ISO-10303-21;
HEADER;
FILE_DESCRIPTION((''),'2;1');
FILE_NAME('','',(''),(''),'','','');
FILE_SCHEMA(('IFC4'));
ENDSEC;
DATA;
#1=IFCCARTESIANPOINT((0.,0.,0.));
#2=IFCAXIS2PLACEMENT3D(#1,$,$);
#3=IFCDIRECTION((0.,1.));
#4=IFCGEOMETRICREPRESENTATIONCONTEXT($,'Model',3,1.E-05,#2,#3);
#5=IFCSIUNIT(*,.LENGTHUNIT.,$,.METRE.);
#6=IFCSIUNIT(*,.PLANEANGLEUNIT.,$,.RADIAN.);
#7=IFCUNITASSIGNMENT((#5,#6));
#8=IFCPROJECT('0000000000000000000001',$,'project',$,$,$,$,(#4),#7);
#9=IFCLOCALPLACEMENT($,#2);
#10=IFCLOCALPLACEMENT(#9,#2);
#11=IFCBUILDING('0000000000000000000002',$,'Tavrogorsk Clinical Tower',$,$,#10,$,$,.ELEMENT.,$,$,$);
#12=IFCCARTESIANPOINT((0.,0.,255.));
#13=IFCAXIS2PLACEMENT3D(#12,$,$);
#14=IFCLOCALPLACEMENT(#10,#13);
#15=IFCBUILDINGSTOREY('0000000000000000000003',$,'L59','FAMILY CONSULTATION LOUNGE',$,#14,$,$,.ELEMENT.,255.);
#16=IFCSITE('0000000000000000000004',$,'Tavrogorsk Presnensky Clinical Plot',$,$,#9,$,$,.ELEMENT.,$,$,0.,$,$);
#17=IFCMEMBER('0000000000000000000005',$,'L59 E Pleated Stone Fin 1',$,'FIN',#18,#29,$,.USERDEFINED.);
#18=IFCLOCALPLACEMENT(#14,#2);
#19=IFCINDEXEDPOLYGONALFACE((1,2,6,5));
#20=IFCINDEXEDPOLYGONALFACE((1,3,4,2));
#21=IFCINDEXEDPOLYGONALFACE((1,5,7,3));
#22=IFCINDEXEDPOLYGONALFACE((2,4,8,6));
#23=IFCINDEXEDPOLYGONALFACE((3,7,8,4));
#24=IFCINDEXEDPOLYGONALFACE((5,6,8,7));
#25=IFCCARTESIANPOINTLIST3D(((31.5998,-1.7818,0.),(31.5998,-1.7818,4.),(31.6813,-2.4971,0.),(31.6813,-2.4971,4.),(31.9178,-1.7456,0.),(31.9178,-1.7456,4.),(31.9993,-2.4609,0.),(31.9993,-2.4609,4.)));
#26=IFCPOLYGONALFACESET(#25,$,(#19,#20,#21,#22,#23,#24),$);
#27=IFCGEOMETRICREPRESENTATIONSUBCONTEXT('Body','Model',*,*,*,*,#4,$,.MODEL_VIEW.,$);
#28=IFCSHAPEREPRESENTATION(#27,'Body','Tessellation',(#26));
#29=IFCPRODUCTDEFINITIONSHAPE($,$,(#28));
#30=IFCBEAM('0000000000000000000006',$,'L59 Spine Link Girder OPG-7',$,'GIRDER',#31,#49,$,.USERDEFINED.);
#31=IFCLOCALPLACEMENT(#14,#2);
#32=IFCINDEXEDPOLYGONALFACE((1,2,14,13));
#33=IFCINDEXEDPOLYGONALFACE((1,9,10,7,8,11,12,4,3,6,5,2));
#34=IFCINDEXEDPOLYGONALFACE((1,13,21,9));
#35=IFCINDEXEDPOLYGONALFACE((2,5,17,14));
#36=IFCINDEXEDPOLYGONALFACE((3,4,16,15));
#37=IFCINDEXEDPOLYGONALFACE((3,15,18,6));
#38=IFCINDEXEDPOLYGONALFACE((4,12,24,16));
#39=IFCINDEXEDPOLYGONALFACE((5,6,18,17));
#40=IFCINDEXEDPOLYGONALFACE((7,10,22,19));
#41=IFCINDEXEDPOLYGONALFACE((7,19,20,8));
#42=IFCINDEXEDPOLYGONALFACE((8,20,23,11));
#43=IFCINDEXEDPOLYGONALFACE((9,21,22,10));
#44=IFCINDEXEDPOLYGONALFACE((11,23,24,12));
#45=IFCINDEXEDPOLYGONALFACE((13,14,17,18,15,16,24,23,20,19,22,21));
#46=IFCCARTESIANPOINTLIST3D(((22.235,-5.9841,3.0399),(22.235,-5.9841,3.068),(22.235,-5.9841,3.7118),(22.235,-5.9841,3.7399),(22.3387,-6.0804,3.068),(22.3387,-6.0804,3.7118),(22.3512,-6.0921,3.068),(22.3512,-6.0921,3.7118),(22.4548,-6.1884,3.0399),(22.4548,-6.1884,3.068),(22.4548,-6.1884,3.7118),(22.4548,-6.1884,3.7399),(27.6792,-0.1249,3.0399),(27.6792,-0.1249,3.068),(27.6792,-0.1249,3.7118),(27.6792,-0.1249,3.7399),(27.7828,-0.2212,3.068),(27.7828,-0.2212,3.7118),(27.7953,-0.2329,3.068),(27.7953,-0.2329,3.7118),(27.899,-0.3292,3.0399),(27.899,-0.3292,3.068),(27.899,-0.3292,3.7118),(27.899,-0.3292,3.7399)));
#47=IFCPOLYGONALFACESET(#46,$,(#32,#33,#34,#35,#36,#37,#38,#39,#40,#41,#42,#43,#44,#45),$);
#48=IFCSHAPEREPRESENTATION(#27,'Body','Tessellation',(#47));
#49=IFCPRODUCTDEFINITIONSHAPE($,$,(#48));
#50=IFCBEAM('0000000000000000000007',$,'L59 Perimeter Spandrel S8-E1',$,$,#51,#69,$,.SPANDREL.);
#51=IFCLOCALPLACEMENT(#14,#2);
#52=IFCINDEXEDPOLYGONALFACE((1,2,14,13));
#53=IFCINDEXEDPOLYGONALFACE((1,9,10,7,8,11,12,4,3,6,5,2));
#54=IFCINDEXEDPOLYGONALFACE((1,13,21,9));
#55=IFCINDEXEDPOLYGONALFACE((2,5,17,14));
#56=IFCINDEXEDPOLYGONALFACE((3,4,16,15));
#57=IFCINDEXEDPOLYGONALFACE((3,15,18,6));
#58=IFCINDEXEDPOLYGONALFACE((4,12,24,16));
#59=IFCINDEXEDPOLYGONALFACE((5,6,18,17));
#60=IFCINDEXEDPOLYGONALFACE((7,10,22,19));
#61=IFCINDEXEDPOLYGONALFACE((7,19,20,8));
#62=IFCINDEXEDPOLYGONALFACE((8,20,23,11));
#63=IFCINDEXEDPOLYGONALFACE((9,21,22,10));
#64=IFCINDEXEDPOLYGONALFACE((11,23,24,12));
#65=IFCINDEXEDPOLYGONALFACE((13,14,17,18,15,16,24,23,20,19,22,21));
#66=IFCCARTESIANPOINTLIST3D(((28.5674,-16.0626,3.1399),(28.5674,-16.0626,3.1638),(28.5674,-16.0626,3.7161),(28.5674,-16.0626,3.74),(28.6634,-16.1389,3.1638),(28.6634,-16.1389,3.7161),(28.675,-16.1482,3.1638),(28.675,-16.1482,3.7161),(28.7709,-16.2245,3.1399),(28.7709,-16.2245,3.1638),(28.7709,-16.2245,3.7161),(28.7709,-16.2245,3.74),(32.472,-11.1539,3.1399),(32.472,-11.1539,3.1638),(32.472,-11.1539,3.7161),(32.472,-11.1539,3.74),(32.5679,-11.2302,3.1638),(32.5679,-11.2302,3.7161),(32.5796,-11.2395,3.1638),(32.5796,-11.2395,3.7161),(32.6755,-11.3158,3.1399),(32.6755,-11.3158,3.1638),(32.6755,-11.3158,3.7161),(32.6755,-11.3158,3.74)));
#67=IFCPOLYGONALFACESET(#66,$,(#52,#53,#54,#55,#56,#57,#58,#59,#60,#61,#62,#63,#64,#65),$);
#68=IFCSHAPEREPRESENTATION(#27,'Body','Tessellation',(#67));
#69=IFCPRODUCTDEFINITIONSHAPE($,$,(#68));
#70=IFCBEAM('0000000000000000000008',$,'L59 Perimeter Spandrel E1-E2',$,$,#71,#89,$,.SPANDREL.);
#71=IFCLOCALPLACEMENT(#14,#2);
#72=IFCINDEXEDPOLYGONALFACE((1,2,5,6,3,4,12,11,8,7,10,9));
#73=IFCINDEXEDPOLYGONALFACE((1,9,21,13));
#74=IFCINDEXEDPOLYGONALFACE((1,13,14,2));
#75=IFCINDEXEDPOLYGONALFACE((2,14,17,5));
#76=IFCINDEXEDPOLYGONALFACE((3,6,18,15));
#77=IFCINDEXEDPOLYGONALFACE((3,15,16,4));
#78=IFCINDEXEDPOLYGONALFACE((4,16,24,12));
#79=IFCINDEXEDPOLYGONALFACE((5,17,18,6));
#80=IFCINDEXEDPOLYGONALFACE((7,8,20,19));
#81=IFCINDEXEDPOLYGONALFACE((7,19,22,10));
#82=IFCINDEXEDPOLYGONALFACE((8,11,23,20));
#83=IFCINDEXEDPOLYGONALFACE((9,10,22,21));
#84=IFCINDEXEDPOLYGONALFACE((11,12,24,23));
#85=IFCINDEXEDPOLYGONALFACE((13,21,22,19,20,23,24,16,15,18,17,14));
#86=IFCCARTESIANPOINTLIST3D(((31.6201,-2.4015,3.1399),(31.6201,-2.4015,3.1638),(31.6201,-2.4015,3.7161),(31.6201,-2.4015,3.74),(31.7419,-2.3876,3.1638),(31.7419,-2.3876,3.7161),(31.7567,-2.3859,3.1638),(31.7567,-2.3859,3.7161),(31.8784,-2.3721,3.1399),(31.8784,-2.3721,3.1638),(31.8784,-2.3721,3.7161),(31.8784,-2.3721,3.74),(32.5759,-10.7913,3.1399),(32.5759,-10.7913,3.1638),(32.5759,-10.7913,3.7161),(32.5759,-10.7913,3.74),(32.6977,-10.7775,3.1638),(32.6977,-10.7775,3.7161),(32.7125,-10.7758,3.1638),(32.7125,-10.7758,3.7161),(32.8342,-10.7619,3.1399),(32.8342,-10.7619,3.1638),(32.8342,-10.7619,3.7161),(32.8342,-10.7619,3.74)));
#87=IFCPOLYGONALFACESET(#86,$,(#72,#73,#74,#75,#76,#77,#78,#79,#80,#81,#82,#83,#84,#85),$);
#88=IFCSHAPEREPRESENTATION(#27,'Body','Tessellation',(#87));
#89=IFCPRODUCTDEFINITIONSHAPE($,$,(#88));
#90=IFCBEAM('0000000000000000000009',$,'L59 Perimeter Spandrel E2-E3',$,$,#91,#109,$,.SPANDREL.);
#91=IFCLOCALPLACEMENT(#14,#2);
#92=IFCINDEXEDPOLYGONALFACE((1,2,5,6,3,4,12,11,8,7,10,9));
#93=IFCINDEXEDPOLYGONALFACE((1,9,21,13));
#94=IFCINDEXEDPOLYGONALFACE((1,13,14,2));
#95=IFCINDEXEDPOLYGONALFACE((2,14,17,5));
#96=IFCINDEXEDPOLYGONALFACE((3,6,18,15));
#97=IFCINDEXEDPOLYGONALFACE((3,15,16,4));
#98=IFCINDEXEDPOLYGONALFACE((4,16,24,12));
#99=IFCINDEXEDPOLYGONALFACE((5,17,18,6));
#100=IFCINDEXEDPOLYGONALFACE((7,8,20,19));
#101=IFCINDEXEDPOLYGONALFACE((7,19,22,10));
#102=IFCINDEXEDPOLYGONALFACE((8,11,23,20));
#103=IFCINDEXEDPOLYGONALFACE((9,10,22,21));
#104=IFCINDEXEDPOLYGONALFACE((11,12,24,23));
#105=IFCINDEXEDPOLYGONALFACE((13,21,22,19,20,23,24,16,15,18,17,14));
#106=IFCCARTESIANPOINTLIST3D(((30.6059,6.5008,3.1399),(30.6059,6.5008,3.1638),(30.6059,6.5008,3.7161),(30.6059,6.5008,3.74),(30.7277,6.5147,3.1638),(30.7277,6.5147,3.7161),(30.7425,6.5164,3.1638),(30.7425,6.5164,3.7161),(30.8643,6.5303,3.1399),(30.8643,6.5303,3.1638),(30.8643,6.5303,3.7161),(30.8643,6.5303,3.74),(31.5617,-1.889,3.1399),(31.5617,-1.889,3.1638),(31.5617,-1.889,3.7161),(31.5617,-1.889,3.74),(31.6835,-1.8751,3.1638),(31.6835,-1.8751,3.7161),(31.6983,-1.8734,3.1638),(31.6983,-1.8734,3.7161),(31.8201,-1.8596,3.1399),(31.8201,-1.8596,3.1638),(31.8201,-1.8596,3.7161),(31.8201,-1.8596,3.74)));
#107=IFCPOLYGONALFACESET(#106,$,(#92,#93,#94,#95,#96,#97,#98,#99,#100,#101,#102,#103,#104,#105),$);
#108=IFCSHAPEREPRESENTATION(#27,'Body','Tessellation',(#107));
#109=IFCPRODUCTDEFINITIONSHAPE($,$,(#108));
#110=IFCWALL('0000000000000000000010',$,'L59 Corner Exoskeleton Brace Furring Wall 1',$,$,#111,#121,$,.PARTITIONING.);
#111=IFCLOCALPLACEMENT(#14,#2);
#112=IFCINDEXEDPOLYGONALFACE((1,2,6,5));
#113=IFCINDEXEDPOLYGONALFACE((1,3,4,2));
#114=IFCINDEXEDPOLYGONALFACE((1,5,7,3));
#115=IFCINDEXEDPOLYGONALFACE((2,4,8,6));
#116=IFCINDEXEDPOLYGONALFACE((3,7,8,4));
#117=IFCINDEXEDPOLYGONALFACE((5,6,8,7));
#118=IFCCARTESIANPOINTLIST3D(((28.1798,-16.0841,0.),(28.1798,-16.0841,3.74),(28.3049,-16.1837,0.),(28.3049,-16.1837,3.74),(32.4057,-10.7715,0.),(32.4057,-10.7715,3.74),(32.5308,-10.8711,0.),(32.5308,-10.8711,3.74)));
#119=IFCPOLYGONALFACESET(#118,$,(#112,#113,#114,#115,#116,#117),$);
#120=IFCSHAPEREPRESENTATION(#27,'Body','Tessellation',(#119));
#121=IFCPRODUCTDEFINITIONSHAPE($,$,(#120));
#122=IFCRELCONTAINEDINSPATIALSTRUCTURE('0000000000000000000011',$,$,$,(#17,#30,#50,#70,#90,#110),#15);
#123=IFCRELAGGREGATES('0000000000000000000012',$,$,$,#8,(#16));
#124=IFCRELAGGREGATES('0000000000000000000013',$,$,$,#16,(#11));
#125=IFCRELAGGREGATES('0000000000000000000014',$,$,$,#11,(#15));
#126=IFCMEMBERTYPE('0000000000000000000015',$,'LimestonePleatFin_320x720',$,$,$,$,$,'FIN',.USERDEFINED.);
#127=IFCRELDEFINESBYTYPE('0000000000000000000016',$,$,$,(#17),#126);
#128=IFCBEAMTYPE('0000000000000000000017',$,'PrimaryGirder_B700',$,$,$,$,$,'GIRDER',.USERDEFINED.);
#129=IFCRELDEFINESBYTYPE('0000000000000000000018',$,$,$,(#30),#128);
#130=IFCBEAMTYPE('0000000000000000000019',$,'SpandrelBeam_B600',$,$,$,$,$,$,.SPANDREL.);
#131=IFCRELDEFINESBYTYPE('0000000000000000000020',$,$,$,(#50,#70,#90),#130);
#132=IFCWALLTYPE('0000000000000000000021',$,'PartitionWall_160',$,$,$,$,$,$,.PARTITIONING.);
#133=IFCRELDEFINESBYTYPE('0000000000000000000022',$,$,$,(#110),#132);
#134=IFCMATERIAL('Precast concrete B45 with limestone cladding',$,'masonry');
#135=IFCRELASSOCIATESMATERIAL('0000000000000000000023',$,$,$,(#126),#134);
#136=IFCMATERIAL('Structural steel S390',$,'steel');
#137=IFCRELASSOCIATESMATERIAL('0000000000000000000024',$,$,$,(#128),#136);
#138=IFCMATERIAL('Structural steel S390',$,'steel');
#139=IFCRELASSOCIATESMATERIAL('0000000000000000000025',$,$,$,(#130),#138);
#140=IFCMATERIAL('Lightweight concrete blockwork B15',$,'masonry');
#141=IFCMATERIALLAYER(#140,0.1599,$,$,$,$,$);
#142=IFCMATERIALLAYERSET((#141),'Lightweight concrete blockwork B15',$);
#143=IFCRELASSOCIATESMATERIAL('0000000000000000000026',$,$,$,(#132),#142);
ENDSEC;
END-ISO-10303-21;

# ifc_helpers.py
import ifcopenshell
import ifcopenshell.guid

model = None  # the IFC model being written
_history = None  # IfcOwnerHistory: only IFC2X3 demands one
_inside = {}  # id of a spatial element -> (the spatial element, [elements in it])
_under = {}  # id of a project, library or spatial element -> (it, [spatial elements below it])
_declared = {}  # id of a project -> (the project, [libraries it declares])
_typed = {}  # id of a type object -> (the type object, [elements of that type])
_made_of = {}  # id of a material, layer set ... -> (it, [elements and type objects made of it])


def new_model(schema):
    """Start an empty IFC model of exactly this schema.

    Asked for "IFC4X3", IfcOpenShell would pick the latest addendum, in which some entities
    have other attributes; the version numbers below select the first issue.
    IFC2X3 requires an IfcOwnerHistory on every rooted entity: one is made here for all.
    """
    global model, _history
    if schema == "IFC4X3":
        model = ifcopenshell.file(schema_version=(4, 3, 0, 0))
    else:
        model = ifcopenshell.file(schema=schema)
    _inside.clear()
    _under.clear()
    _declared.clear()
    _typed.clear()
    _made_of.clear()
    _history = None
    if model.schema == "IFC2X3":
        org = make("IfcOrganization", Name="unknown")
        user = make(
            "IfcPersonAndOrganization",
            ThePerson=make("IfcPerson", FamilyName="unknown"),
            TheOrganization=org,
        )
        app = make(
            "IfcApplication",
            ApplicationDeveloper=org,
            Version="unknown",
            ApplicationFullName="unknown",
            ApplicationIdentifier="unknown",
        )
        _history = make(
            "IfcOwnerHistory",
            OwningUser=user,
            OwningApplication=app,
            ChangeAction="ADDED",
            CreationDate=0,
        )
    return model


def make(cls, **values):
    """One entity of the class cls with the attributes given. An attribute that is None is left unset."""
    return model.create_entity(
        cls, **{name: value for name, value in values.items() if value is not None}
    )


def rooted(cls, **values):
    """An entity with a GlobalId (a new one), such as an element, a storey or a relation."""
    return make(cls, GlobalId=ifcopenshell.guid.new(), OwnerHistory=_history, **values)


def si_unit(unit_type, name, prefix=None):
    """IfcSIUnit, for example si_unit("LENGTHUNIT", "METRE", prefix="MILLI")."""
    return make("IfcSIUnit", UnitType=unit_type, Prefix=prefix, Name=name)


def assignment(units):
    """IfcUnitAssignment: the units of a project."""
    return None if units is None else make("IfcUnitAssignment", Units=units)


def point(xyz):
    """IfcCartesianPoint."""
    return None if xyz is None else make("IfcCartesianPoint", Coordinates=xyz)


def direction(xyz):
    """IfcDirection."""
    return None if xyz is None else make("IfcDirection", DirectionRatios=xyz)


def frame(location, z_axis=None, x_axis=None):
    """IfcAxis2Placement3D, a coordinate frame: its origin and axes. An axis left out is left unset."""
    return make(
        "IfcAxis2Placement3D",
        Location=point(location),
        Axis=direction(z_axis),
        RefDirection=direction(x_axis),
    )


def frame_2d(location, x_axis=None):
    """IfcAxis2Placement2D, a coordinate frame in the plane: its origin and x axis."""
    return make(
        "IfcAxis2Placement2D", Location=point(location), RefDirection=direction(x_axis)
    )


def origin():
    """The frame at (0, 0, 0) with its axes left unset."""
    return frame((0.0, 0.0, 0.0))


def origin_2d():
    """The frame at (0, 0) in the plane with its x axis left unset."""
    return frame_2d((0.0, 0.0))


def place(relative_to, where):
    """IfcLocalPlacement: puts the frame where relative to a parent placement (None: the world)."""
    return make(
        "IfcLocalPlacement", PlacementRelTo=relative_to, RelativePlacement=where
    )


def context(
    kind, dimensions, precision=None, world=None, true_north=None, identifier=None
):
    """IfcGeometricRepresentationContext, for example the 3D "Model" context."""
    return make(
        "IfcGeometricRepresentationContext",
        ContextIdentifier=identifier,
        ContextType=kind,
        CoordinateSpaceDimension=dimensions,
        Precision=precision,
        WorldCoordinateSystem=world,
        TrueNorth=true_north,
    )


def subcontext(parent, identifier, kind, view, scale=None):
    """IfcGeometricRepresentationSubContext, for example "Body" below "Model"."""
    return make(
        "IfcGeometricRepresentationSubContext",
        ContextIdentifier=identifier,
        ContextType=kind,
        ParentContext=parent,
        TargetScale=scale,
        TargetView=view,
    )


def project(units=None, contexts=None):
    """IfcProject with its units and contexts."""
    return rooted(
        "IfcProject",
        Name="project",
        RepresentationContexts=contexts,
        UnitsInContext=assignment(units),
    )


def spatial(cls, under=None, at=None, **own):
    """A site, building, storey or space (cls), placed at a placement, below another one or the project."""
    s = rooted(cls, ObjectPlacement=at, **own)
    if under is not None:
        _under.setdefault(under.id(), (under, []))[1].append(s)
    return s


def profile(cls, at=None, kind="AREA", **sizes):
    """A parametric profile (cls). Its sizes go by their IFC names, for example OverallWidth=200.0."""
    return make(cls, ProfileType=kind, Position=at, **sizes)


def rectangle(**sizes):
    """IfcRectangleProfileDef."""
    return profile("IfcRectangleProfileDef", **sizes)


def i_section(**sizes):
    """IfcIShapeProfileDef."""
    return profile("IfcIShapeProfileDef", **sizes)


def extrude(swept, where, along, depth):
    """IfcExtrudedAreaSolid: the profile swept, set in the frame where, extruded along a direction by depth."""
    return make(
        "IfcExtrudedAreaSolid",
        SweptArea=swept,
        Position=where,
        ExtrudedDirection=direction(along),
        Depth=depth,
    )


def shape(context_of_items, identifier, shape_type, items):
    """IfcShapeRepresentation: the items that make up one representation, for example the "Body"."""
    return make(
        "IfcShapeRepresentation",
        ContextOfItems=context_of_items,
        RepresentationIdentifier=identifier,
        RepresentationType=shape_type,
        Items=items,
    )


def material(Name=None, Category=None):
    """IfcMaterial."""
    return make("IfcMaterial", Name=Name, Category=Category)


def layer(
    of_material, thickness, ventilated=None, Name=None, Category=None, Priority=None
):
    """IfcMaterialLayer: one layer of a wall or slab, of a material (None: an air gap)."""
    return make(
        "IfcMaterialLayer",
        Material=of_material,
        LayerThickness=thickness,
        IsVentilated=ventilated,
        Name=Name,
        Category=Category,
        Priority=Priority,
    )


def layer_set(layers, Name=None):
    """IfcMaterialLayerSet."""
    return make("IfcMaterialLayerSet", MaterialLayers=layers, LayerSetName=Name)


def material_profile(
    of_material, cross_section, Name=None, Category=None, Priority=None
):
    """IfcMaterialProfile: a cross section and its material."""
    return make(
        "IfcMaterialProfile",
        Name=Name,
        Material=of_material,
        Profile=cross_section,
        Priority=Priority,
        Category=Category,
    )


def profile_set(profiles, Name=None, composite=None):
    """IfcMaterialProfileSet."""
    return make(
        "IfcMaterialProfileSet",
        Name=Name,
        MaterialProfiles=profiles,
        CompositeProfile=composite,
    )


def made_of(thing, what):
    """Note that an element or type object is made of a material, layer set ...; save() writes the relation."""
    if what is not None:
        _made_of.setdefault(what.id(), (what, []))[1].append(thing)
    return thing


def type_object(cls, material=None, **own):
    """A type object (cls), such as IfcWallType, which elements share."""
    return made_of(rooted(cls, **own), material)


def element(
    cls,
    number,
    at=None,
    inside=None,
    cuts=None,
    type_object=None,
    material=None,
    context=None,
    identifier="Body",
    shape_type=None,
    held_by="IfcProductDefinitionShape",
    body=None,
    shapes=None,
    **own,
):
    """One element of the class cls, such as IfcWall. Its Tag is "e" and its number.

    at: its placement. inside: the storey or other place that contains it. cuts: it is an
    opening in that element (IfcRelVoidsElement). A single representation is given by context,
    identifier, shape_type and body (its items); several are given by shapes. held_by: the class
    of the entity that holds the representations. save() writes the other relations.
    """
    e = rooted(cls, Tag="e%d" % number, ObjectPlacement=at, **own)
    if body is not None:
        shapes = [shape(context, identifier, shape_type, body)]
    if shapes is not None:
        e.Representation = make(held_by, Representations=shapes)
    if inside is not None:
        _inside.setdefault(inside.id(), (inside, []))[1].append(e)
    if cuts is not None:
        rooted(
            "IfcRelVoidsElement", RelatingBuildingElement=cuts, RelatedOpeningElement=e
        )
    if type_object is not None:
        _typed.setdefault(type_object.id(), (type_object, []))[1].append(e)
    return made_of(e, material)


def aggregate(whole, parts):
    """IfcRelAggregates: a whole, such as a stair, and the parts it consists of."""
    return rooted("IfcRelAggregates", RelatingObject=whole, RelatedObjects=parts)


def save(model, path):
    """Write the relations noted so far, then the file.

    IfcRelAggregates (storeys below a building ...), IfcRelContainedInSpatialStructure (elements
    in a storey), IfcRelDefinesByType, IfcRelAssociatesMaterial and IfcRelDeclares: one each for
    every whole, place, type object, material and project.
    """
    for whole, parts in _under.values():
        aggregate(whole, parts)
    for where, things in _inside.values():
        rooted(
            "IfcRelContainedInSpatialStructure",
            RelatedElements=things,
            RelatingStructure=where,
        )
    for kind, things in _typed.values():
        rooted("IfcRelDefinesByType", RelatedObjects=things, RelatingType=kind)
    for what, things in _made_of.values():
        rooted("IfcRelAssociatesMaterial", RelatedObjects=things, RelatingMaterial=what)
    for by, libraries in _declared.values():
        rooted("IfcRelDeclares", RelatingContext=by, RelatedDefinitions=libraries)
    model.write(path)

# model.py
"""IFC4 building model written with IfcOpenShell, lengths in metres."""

from ifc_helpers import new_model, si_unit, direction, frame, frame_2d, origin, origin_2d, place, context, subcontext, project, spatial, rectangle, i_section, extrude, material, layer, layer_set, material_profile, profile_set, type_object, element, save


model = new_model("IFC4")

# Units and contexts
model_context = context("Model", 3, precision=1e-05, world=origin(), true_north=direction((0.0, 1.0)))
body_context = subcontext(model_context, "Body", "Model", "MODEL_VIEW")
ifc_project = project(units=[si_unit("LENGTHUNIT", "METRE"), si_unit("PLANEANGLEUNIT", "RADIAN")], contexts=[model_context])

# Site, building, storey
site_placement = place(None, origin())
site = spatial("IfcSite", under=ifc_project, at=site_placement, Name="Tavrogorsk Presnensky Clinical Plot", CompositionType="ELEMENT", RefElevation=0.0)
building_placement = place(site_placement, origin())
building = spatial("IfcBuilding", under=site, at=building_placement, Name="Tavrogorsk Clinical Tower", CompositionType="ELEMENT")
storey_placement = place(building_placement, frame((0.0, 0.0, 255.0)))
storey = spatial("IfcBuildingStorey", under=building, at=storey_placement, Name="L59", Description="FAMILY CONSULTATION LOUNGE", CompositionType="ELEMENT", Elevation=255.0)

# Member
ifc_material_1 = material(Name="Precast concrete B45 with limestone cladding", Category="masonry")
ifc_material_profile_1 = material_profile(ifc_material_1, rectangle(XDim=0.3201, YDim=0.72, at=origin_2d()), Name="LIMESTONE-FIN-320x720")
ifc_profile_set_1 = profile_set([ifc_material_profile_1], Name="Precast concrete B45 with limestone cladding")
member_type_1 = type_object("IfcMemberType", Name="LimestonePleatFin_320x720", ElementType="FIN", PredefinedType="USERDEFINED", material=ifc_profile_set_1)
member_1_placement = place(storey_placement, frame((31.7996, -2.1213, 0.0), z_axis=(0.0, 0.0, 1.0), x_axis=(0.993572, 0.113203, 0.0)))
element("IfcMember", 1, at=member_1_placement, inside=storey, type_object=member_type_1, Name="L59 E Pleated Stone Fin 1", ObjectType="FIN", PredefinedType="USERDEFINED", context=body_context, shape_type="SweptSolid", body=[
    extrude(rectangle(XDim=0.3201, YDim=0.72, at=origin_2d()), origin(), (0.0, 0.0, 1.0), 4.0),
])

# Beams
ifc_material_2 = material(Name="Structural steel S390", Category="steel")
ifc_material_profile_2 = material_profile(ifc_material_2, i_section(OverallWidth=0.3, OverallDepth=0.7, WebThickness=0.0171, FlangeThickness=0.0281, at=origin_2d()), Name="B-700x300x17x28")
ifc_profile_set_2 = profile_set([ifc_material_profile_2], Name="Structural steel S390")
beam_type_1 = type_object("IfcBeamType", Name="PrimaryGirder_B700", ElementType="GIRDER", PredefinedType="USERDEFINED", material=ifc_profile_set_2)
beam_1_placement = place(storey_placement, frame((27.7891, -0.2271, 3.3899), z_axis=(-0.680684, -0.732577, 0.0), x_axis=(0.732577, -0.680684, 0.0)))
element("IfcBeam", 2, at=beam_1_placement, inside=storey, type_object=beam_type_1, Name="L59 Spine Link Girder OPG-7", ObjectType="GIRDER", PredefinedType="USERDEFINED", context=body_context, shape_type="SweptSolid", body=[
    extrude(i_section(OverallWidth=0.3, OverallDepth=0.7, WebThickness=0.0171, FlangeThickness=0.0281, at=origin_2d()), origin(), (0.0, 0.0, 1.0), 7.998),
])
ifc_material_3 = material(Name="Structural steel S390", Category="steel")
ifc_material_profile_3 = material_profile(ifc_material_3, i_section(OverallWidth=0.26, OverallDepth=0.6001, WebThickness=0.0149, FlangeThickness=0.0239, at=origin_2d()), Name="B-600x260x15x24")
ifc_profile_set_3 = profile_set([ifc_material_profile_3], Name="Structural steel S390")
beam_type_2 = type_object("IfcBeamType", Name="SpandrelBeam_B600", PredefinedType="SPANDREL", material=ifc_profile_set_3)
beam_2_placement = place(storey_placement, frame((28.6692, -16.1436, 3.4399), z_axis=(0.622514, 0.782609, 0.0), x_axis=(-0.782609, 0.622514, 0.0)))
element("IfcBeam", 3, at=beam_2_placement, inside=storey, type_object=beam_type_2, Name="L59 Perimeter Spandrel S8-E1", PredefinedType="SPANDREL", context=body_context, shape_type="SweptSolid", body=[
    extrude(i_section(OverallWidth=0.26, OverallDepth=0.6001, WebThickness=0.0149, FlangeThickness=0.0239, at=origin_2d()), origin(), (0.0, 0.0, 1.0), 6.2722),
])
for number, where, z_axis, x_axis, name in (
    (4, (32.7051, -10.7766, 3.4399), (-0.113192, 0.993573, 0.0), (-0.993573, -0.113192, 0.0), "L59 Perimeter Spandrel E1-E2"),
    (5, (31.6909, -1.8743, 3.4399), (-0.113192, 0.993573, 0.0), (-0.993573, -0.113192, 0.0), "L59 Perimeter Spandrel E2-E3"),
):
    element("IfcBeam", number, at=place(storey_placement, frame(where, z_axis=z_axis, x_axis=x_axis)), inside=storey, type_object=beam_type_2, Name=name, PredefinedType="SPANDREL", context=body_context, shape_type="SweptSolid", body=[
        extrude(i_section(OverallWidth=0.26, OverallDepth=0.6001, WebThickness=0.0149, FlangeThickness=0.0239, at=origin_2d()), origin(), (0.0, 0.0, 1.0), 8.4441),
    ])

# Wall
ifc_material_4 = material(Name="Lightweight concrete blockwork B15", Category="masonry")
ifc_layer_1 = layer(ifc_material_4, 0.1599)
ifc_layer_set_1 = layer_set([ifc_layer_1], Name="Lightweight concrete blockwork B15")
wall_type_1 = type_object("IfcWallType", Name="PartitionWall_160", PredefinedType="PARTITIONING", material=ifc_layer_set_1)
wall_1_placement = place(storey_placement, frame((28.2424, -16.1338, 0.0), z_axis=(0.0, 0.0, 1.0), x_axis=(0.622522, 0.782603, 0.0)))
element("IfcWall", 6, at=wall_1_placement, inside=storey, type_object=wall_type_1, Name="L59 Corner Exoskeleton Brace Furring Wall 1", PredefinedType="PARTITIONING", context=body_context, shape_type="SweptSolid", body=[
    extrude(rectangle(XDim=6.7883, YDim=0.1599, at=frame_2d((3.394, 0.0))), origin(), (0.0, 0.0, 1.0), 3.74),
])

save(model, "model.ifc")
